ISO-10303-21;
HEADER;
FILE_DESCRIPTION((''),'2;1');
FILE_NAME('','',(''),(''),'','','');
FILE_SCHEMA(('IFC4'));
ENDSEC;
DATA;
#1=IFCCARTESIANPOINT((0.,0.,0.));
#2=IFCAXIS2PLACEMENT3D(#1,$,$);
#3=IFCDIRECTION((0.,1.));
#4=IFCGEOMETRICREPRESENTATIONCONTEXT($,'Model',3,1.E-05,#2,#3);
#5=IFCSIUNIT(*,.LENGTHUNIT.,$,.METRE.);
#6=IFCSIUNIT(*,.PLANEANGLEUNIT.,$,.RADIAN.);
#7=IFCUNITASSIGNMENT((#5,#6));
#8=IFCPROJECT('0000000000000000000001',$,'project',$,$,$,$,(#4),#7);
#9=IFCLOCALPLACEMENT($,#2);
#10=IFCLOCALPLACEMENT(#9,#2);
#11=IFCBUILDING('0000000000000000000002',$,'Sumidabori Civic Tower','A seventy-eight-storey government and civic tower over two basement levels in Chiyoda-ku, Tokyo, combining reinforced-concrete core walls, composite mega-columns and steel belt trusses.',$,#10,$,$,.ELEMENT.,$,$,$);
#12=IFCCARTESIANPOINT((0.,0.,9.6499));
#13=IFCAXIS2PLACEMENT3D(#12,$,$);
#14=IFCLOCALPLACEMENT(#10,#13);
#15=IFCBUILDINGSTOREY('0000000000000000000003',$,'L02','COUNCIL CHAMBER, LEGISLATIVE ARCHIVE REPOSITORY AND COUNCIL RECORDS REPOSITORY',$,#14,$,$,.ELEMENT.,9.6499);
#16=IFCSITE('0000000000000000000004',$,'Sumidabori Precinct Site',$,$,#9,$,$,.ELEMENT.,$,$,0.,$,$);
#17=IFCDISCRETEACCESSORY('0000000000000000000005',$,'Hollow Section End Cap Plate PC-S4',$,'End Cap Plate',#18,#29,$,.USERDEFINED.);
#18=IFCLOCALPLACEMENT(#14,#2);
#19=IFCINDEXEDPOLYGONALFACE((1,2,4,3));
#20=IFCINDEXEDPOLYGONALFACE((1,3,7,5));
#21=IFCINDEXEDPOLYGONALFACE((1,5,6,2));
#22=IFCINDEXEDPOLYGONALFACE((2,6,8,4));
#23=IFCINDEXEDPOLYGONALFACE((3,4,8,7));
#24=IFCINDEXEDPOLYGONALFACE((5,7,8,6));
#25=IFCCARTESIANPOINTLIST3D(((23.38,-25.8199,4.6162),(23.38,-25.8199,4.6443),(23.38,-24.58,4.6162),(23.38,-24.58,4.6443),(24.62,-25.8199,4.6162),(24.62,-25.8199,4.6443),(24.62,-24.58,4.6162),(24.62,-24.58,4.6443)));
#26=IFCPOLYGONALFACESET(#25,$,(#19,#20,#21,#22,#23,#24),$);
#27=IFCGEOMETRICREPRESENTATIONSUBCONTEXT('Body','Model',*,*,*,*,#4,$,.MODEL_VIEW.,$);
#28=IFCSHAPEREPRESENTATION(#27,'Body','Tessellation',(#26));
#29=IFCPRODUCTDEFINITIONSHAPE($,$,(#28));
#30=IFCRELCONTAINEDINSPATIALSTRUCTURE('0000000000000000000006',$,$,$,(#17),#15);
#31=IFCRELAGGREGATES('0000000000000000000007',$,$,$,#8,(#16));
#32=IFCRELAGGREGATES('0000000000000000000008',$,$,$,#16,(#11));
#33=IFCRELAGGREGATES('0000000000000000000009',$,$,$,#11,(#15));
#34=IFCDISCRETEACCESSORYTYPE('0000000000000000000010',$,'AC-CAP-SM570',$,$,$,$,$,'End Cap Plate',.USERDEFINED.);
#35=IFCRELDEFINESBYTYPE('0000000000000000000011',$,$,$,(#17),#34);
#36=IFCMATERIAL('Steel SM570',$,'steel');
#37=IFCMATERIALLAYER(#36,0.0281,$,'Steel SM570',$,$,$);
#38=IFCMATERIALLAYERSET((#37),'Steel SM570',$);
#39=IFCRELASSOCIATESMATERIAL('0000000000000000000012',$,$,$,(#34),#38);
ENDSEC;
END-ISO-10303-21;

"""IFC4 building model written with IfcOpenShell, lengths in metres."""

from ifc_helpers import new_model, si_unit, direction, frame, origin, origin_2d, place, context, subcontext, project, spatial, rectangle, extrude, source, transform, mapped, material, layer, layer_set, type_object, element, save


model = new_model("IFC4")

# Units and contexts
model_context = context("Model", 3, precision=1e-05, world=origin(), true_north=direction((0.0, 1.0)))
body_context = subcontext(model_context, "Body", "Model", "MODEL_VIEW")
ifc_project = project(units=[si_unit("LENGTHUNIT", "METRE"), si_unit("PLANEANGLEUNIT", "RADIAN")], contexts=[model_context])

# Site, building, storey
site_placement = place(None, origin())
site = spatial("IfcSite", under=ifc_project, at=site_placement, Name="Sumidabori Precinct Site", CompositionType="ELEMENT", RefElevation=0.0)
building_placement = place(site_placement, origin())
building = spatial("IfcBuilding", under=site, at=building_placement, Name="Sumidabori Civic Tower", Description="A seventy-eight-storey government and civic tower over two basement levels in Chiyoda-ku, Tokyo, combining reinforced-concrete core walls, composite mega-columns and steel belt trusses.", CompositionType="ELEMENT")
storey_placement = place(building_placement, frame((0.0, 0.0, 9.6499)))
storey = spatial("IfcBuildingStorey", under=building, at=storey_placement, Name="L02", Description="COUNCIL CHAMBER, LEGISLATIVE ARCHIVE REPOSITORY AND COUNCIL RECORDS REPOSITORY", CompositionType="ELEMENT", Elevation=9.6499)

# Shared definitions
ifc_material_1 = material(Name="Steel SM570", Category="steel")

# Discrete accessory
ifc_layer_1 = layer(ifc_material_1, 0.0281, Name="Steel SM570")
ifc_layer_set_1 = layer_set([ifc_layer_1], Name="Steel SM570")
discrete_accessory_type = type_object("IfcDiscreteAccessoryType", Name="AC-CAP-SM570", ElementType="End Cap Plate", PredefinedType="USERDEFINED", material=ifc_layer_set_1)
shared_shape_1 = source(origin(), body_context, "Body", "SweptSolid", [
    extrude(rectangle(XDim=1.24, YDim=1.24, at=origin_2d()), origin(), (0.0, 0.0, 1.0), 0.0281),
])
for number, where, z_axis, x_axis, name in (
    (1, (24.0, -25.2, 4.6162), (0.0, 0.0, 1.0), (1.0, 0.0, 0.0), "Hollow Section End Cap Plate PC-S4"),
):
    element("IfcDiscreteAccessory", number, at=place(storey_placement, frame(where, z_axis=z_axis, x_axis=x_axis)), inside=storey, type_object=discrete_accessory_type, Name=name, ObjectType="End Cap Plate", PredefinedType="USERDEFINED", context=body_context, shape_type="MappedRepresentation", body=[
        mapped(shared_shape_1, transform((0.0, 0.0, 0.0), x_axis=(1.0, 0.0, 0.0), y_axis=(0.0, 1.0, 0.0), z_axis=(0.0, 0.0, 1.0), scale=1.0)),
    ])

save(model, "model.ifc")
